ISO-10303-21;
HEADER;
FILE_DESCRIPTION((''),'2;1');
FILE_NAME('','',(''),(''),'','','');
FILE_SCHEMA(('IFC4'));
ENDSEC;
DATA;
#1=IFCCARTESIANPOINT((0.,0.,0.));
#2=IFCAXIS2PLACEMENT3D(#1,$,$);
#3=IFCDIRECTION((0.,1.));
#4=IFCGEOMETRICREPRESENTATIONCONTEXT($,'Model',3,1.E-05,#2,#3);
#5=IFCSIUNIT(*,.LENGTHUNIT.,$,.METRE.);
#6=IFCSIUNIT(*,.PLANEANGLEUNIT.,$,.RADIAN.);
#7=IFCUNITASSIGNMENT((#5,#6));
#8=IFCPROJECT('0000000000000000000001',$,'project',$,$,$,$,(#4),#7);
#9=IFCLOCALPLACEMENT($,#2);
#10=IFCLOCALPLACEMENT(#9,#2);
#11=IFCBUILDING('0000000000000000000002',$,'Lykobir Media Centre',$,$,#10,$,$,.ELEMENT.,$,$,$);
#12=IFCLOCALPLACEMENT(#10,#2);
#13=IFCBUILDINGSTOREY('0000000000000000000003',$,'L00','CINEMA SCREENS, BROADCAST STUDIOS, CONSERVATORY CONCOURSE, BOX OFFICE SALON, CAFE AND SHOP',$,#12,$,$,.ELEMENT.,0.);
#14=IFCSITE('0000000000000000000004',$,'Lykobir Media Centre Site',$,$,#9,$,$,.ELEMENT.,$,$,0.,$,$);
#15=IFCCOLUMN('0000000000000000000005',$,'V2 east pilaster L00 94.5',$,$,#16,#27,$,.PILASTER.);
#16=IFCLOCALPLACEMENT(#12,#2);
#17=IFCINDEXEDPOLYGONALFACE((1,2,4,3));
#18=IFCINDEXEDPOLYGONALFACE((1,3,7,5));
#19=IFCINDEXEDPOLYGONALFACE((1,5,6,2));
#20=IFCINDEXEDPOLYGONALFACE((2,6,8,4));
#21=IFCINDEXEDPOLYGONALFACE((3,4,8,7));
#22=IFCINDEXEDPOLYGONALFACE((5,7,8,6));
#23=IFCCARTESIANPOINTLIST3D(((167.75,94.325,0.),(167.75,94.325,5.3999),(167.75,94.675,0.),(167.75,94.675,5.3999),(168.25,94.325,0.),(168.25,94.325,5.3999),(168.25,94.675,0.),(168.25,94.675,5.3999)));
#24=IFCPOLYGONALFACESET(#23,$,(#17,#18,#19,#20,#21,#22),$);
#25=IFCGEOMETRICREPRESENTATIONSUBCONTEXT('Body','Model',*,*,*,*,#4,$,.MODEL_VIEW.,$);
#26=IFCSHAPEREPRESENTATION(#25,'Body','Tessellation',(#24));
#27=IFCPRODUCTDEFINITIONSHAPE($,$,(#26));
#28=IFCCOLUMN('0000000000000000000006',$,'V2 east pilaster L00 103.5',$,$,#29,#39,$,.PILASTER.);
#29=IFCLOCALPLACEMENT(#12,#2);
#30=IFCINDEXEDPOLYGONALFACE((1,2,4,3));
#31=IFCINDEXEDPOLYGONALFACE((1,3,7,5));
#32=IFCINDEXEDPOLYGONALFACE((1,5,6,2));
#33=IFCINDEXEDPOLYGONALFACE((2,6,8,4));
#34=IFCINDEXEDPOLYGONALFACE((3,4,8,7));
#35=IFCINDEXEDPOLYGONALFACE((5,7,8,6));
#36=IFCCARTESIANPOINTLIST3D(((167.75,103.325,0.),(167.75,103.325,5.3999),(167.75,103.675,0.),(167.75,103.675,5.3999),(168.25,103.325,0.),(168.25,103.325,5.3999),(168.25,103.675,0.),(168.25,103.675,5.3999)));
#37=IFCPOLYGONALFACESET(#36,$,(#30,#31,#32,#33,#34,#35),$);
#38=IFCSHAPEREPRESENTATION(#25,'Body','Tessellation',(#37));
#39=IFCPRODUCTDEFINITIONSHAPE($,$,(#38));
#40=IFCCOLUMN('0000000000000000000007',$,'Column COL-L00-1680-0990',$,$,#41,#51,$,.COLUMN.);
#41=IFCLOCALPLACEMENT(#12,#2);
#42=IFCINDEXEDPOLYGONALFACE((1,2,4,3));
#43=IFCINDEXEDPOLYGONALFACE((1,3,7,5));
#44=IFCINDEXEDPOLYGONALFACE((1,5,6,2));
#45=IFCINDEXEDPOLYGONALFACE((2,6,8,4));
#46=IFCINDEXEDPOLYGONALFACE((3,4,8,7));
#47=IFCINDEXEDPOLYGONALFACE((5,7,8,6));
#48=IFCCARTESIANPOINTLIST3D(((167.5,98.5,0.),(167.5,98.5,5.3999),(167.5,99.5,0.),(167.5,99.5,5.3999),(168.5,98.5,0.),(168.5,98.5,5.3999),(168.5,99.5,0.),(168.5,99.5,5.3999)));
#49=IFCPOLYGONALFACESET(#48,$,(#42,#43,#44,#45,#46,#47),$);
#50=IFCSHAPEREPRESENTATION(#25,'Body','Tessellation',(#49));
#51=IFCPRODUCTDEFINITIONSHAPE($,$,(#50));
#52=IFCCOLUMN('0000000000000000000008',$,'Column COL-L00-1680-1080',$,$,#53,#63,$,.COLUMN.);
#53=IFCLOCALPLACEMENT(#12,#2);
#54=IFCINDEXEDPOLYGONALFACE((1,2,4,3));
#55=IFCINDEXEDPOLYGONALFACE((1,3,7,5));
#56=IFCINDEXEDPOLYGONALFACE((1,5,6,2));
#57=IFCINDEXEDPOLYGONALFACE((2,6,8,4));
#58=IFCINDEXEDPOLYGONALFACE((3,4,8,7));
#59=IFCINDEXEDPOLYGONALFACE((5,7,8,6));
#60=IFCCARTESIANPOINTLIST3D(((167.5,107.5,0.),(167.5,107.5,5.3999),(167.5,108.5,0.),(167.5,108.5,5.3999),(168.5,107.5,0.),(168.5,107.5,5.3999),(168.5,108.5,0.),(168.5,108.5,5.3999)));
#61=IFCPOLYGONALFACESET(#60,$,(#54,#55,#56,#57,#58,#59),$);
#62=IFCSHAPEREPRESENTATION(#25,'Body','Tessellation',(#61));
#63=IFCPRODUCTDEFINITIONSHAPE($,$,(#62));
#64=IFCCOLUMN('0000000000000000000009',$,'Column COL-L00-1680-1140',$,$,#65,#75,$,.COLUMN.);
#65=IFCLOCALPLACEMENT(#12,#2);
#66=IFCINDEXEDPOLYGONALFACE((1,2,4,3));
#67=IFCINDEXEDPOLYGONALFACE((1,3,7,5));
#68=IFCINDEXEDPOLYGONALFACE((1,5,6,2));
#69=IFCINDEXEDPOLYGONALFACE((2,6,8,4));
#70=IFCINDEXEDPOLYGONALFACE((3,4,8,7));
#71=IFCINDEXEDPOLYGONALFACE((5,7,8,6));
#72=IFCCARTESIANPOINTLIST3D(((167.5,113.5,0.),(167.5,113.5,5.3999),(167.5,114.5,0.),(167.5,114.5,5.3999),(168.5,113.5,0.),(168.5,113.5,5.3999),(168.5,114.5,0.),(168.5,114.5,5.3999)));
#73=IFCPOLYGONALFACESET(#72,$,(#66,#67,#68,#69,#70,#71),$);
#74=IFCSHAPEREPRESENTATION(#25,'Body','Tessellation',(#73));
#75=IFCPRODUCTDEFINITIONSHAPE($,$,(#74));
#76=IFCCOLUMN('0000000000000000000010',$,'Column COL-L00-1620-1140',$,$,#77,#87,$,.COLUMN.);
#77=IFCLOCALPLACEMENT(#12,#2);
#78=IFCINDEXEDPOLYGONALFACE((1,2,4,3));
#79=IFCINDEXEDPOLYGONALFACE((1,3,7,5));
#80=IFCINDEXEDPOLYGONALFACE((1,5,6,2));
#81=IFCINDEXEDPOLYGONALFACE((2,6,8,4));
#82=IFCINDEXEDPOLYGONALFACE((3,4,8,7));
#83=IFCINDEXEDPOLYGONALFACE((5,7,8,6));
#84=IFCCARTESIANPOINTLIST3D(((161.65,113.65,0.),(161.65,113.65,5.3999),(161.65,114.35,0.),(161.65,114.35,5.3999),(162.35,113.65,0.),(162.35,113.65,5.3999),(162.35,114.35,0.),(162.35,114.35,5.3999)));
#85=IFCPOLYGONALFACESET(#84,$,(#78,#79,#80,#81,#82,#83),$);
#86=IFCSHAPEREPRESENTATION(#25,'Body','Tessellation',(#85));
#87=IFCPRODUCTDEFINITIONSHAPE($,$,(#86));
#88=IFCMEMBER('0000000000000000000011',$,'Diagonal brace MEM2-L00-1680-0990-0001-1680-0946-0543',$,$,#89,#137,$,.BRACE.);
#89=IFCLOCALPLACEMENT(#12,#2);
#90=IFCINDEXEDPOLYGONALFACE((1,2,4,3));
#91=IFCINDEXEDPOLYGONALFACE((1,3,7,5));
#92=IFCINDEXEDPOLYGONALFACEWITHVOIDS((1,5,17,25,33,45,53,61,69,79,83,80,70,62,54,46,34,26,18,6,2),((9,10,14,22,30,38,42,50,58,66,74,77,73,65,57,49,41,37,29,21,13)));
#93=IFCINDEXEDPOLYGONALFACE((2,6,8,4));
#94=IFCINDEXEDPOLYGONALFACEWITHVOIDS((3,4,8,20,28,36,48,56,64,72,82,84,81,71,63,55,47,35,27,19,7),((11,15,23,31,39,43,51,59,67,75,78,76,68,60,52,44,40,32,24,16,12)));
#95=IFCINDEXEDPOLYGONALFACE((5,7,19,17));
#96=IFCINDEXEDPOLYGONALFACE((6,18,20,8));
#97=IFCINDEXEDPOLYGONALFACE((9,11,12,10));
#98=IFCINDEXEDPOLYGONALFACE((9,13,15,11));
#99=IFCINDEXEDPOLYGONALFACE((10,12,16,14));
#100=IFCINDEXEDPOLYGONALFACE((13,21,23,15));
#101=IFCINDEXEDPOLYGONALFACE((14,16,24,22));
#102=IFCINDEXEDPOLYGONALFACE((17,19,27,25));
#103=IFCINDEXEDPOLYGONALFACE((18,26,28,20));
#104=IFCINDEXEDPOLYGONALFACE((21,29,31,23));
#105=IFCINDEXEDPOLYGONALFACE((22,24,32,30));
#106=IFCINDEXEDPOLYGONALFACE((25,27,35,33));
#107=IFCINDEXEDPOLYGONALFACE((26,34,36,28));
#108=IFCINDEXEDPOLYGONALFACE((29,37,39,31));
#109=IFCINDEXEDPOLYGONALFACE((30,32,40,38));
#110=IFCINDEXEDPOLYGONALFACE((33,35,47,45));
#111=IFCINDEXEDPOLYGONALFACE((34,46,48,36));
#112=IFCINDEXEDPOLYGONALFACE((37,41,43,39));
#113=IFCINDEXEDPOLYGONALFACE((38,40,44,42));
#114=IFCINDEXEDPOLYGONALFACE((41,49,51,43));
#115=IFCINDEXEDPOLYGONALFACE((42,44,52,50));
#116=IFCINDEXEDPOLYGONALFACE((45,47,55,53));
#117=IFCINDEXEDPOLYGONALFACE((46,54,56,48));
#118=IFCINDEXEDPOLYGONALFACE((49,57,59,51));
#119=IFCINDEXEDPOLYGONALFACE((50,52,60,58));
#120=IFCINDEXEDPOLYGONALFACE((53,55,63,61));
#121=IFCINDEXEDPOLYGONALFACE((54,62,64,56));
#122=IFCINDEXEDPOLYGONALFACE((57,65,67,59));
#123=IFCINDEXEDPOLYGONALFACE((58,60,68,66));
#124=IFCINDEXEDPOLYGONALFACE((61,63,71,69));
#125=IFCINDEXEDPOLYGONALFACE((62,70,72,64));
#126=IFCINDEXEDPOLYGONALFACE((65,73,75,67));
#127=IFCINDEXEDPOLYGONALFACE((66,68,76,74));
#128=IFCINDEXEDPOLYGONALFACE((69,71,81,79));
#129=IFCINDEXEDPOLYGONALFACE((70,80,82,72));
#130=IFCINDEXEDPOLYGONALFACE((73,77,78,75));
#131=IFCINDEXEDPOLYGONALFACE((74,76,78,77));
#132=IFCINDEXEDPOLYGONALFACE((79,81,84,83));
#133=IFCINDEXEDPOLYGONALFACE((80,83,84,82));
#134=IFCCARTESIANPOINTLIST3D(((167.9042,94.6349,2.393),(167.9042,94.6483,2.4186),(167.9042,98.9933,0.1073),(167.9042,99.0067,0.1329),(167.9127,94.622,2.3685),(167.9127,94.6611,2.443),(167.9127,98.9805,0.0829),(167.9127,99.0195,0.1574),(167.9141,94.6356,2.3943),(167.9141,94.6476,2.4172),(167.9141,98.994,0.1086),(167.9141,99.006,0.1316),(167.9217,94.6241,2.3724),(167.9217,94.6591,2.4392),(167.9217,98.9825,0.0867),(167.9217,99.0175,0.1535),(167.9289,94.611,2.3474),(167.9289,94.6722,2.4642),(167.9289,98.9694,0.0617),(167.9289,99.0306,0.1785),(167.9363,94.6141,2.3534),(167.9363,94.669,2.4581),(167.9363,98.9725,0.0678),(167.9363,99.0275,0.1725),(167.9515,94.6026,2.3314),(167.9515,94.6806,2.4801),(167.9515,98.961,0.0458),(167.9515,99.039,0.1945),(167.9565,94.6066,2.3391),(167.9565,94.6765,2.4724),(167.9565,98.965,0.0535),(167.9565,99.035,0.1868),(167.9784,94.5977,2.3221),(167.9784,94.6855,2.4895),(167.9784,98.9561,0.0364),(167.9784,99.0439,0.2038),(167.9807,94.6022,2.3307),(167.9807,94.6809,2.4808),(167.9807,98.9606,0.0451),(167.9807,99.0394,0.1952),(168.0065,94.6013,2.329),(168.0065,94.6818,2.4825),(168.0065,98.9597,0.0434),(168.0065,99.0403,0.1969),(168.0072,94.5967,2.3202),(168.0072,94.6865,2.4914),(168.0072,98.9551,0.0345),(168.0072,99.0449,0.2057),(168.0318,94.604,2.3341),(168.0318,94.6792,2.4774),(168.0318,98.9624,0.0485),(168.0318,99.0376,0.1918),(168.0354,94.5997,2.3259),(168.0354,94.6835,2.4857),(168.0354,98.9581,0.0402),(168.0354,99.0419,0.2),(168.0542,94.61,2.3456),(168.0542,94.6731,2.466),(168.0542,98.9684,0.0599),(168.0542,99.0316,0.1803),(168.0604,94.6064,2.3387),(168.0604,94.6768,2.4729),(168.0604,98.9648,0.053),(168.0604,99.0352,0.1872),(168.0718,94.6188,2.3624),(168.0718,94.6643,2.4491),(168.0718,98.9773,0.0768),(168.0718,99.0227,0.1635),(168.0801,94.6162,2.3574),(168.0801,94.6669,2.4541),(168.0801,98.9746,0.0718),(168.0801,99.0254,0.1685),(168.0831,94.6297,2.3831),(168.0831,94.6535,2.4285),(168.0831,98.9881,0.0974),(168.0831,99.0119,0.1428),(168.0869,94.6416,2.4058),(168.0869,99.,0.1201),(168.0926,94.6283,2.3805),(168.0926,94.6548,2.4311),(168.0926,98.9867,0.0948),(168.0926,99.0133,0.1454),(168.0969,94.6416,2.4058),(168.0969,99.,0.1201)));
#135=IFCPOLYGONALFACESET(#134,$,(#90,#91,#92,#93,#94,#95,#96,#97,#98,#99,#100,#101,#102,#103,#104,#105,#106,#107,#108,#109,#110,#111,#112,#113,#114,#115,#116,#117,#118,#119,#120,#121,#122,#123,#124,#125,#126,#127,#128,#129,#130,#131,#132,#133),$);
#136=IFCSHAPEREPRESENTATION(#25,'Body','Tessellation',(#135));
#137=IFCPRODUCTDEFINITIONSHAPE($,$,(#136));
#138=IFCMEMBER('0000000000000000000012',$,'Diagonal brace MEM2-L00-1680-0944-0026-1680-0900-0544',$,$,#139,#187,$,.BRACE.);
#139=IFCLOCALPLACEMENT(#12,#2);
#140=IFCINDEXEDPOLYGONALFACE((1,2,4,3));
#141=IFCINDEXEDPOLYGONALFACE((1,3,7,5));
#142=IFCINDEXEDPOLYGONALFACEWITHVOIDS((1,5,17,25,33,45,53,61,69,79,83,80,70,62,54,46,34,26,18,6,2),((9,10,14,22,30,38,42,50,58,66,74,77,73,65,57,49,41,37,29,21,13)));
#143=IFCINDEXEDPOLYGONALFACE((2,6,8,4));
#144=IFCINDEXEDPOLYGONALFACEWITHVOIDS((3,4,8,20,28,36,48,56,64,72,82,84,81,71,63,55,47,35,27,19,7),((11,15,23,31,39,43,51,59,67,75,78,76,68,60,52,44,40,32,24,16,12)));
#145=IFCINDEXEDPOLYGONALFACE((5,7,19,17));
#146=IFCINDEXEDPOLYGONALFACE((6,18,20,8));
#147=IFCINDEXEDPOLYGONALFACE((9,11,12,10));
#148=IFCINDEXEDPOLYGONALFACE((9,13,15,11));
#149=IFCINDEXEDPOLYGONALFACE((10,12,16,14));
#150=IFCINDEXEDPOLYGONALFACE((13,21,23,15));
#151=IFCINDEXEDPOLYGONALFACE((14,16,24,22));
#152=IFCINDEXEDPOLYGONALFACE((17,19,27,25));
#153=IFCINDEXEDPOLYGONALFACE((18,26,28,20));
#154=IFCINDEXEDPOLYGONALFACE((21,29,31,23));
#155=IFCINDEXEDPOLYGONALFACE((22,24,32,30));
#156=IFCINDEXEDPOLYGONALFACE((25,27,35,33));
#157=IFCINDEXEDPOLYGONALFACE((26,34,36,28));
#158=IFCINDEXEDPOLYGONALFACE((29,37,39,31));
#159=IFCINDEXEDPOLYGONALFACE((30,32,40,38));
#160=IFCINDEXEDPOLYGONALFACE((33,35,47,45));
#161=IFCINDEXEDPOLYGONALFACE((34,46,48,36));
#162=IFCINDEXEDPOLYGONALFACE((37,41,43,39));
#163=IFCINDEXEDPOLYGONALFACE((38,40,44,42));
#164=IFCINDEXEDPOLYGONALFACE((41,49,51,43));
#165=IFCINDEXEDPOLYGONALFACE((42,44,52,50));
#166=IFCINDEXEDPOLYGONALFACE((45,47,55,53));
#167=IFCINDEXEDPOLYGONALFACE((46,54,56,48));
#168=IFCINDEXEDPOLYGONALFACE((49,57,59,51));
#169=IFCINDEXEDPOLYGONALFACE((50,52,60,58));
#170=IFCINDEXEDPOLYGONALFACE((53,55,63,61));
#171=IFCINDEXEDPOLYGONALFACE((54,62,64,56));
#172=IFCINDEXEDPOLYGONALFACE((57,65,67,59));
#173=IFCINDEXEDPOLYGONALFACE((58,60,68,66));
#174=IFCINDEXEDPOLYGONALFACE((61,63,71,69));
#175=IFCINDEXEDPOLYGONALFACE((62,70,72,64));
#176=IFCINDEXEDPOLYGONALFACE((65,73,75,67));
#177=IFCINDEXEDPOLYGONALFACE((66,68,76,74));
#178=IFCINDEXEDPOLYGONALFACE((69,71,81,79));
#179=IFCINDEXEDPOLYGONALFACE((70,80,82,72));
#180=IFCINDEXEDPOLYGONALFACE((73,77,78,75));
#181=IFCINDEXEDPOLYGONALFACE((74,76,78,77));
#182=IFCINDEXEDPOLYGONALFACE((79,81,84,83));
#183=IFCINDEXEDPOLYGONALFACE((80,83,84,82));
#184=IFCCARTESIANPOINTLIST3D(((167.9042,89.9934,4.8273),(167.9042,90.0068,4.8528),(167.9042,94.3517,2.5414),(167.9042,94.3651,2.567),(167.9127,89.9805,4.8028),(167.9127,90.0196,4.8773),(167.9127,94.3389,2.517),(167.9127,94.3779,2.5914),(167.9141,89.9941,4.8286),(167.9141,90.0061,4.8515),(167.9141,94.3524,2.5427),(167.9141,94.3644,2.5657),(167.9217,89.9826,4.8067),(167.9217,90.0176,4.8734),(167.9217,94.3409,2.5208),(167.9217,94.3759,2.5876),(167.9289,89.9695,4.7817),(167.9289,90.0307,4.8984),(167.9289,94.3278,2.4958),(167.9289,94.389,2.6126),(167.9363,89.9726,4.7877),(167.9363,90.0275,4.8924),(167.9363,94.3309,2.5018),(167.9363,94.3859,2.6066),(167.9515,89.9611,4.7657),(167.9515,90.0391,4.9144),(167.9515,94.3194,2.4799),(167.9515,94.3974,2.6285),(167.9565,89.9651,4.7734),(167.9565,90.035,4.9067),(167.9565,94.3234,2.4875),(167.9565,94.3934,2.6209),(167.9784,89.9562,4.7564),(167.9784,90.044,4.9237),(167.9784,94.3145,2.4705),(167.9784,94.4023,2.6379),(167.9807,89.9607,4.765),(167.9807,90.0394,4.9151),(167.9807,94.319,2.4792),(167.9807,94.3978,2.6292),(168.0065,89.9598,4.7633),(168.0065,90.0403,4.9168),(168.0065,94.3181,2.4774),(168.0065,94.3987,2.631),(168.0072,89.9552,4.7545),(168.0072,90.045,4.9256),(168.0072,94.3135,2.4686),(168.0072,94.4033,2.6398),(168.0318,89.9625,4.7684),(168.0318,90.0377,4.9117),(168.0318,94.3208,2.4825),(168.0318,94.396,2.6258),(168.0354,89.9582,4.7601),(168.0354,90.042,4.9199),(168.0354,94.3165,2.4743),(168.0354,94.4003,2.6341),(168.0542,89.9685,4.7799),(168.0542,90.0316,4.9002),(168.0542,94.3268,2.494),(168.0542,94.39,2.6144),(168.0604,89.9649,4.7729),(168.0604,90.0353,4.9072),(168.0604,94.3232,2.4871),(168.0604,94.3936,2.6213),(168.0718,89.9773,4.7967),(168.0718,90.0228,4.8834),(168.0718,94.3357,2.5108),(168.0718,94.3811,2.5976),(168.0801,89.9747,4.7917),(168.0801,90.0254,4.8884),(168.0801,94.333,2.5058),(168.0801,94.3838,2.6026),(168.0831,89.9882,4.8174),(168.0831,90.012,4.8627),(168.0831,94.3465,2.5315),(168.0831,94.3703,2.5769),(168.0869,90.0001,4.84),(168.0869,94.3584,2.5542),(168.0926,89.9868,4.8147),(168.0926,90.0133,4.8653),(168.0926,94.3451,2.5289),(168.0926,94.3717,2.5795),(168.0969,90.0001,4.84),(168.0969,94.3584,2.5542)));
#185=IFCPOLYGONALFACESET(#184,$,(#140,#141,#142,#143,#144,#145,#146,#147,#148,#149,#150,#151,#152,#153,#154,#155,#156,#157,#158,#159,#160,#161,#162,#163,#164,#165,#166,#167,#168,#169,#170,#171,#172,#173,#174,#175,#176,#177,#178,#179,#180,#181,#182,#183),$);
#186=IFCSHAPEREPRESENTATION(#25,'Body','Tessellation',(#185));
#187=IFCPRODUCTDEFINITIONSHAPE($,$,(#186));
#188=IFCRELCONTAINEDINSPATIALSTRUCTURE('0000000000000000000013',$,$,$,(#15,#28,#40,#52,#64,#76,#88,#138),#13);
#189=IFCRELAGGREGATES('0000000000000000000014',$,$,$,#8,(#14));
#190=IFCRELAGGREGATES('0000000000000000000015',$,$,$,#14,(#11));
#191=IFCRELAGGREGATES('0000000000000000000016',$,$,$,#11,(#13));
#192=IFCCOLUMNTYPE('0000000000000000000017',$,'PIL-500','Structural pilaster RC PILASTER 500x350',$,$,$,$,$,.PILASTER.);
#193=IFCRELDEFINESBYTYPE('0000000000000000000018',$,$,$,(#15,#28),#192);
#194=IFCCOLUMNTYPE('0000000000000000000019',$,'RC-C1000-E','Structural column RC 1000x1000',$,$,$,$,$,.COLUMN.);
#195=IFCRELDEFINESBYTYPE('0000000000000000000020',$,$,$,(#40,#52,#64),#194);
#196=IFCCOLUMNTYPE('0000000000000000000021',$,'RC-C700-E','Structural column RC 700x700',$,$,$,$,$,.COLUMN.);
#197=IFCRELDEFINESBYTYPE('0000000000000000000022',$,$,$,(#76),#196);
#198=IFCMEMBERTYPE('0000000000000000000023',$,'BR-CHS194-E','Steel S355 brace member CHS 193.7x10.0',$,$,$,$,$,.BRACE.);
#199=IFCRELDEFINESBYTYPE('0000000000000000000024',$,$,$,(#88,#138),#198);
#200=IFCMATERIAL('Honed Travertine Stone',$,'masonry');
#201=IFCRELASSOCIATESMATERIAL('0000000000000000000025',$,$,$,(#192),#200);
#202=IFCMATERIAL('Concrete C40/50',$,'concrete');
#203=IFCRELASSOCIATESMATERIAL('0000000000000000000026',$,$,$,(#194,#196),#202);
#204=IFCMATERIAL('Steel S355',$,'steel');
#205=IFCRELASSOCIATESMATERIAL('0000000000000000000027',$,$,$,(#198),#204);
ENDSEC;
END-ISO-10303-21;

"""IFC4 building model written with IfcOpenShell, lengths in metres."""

from ifc_helpers import new_model, si_unit, direction, frame, origin, origin_2d, place, context, subcontext, project, spatial, rectangle, hollow_circle, extrude, material, material_profile, profile_set, type_object, element, save


model = new_model("IFC4")

# Units and contexts
model_context = context("Model", 3, precision=1e-05, world=origin(), true_north=direction((0.0, 1.0)))
body_context = subcontext(model_context, "Body", "Model", "MODEL_VIEW")
ifc_project = project(units=[si_unit("LENGTHUNIT", "METRE"), si_unit("PLANEANGLEUNIT", "RADIAN")], contexts=[model_context])

# Site, building, storey
site_placement = place(None, origin())
site = spatial("IfcSite", under=ifc_project, at=site_placement, Name="Lykobir Media Centre Site", CompositionType="ELEMENT", RefElevation=0.0)
building_placement = place(site_placement, origin())
building = spatial("IfcBuilding", under=site, at=building_placement, Name="Lykobir Media Centre", CompositionType="ELEMENT")
storey_placement = place(building_placement, origin())
storey = spatial("IfcBuildingStorey", under=building, at=storey_placement, Name="L00", Description="CINEMA SCREENS, BROADCAST STUDIOS, CONSERVATORY CONCOURSE, BOX OFFICE SALON, CAFE AND SHOP", CompositionType="ELEMENT", Elevation=0.0)

# Columns
ifc_material_1 = material(Name="Honed Travertine Stone", Category="masonry")
ifc_material_profile_1 = material_profile(ifc_material_1, rectangle(XDim=0.3501, YDim=0.5, at=origin_2d()), Name="RC PILASTER 500x350")
ifc_profile_set_1 = profile_set([ifc_material_profile_1], Name="Honed Travertine Stone")
column_type_1 = type_object("IfcColumnType", Name="PIL-500", Description="Structural pilaster RC PILASTER 500x350", PredefinedType="PILASTER", material=ifc_profile_set_1)
for number, where, z_axis, x_axis, name in (
    (1, (168.0, 94.5, 0.0), (0.0, 0.0, 1.0), (0.0, 1.0, 0.0), "V2 east pilaster L00 94.5"),
    (2, (168.0, 103.5, 0.0), (0.0, 0.0, 1.0), (0.0, 1.0, 0.0), "V2 east pilaster L00 103.5"),
):
    element("IfcColumn", number, at=place(storey_placement, frame(where, z_axis=z_axis, x_axis=x_axis)), inside=storey, type_object=column_type_1, Name=name, PredefinedType="PILASTER", context=body_context, shape_type="SweptSolid", body=[
        extrude(rectangle(XDim=0.3501, YDim=0.5, at=origin_2d()), origin(), (0.0, 0.0, 1.0), 5.3999),
    ])
ifc_material_2 = material(Name="Concrete C40/50", Category="concrete")
ifc_material_profile_2 = material_profile(ifc_material_2, rectangle(XDim=1.0, YDim=1.0, at=origin_2d()), Name="RC 1000x1000")
ifc_profile_set_2 = profile_set([ifc_material_profile_2], Name="Concrete C40/50")
column_type_2 = type_object("IfcColumnType", Name="RC-C1000-E", Description="Structural column RC 1000x1000", PredefinedType="COLUMN", material=ifc_profile_set_2)
for number, where, z_axis, x_axis, name in (
    (3, (168.0, 99.0, 0.0), (0.0, 0.0, 1.0), (1.0, 0.0, 0.0), "Column COL-L00-1680-0990"),
    (4, (168.0, 108.0, 0.0), (0.0, 0.0, 1.0), (1.0, 0.0, 0.0), "Column COL-L00-1680-1080"),
    (5, (168.0, 114.0, 0.0), (0.0, 0.0, 1.0), (1.0, 0.0, 0.0), "Column COL-L00-1680-1140"),
):
    element("IfcColumn", number, at=place(storey_placement, frame(where, z_axis=z_axis, x_axis=x_axis)), inside=storey, type_object=column_type_2, Name=name, PredefinedType="COLUMN", context=body_context, shape_type="SweptSolid", body=[
        extrude(rectangle(XDim=1.0, YDim=1.0, at=origin_2d()), origin(), (0.0, 0.0, 1.0), 5.3999),
    ])
ifc_material_profile_3 = material_profile(ifc_material_2, rectangle(XDim=0.7, YDim=0.7, at=origin_2d()), Name="RC 700x700")
ifc_profile_set_3 = profile_set([ifc_material_profile_3], Name="Concrete C40/50")
column_type_3 = type_object("IfcColumnType", Name="RC-C700-E", Description="Structural column RC 700x700", PredefinedType="COLUMN", material=ifc_profile_set_3)
column_placement = place(storey_placement, frame((162.0, 114.0, 0.0), z_axis=(0.0, 0.0, 1.0), x_axis=(1.0, 0.0, 0.0)))
element("IfcColumn", 6, at=column_placement, inside=storey, type_object=column_type_3, Name="Column COL-L00-1620-1140", PredefinedType="COLUMN", context=body_context, shape_type="SweptSolid", body=[
    extrude(rectangle(XDim=0.7, YDim=0.7, at=origin_2d()), origin(), (0.0, 0.0, 1.0), 5.3999),
])

# Members
ifc_material_3 = material(Name="Steel S355", Category="steel")
ifc_material_profile_4 = material_profile(ifc_material_3, hollow_circle(Radius=0.0969, WallThickness=0.01, at=origin_2d()), Name="CHS 193.7x10.0")
ifc_profile_set_4 = profile_set([ifc_material_profile_4], Name="Steel S355")
member_type = type_object("IfcMemberType", Name="BR-CHS194-E", Description="Steel S355 brace member CHS 193.7x10.0", PredefinedType="BRACE", material=ifc_profile_set_4)
for number, where, z_axis, x_axis, name in (
    (7, (168.0, 99.0, 0.1201), (0.0, -0.885608, 0.464433), (1.0, 0.0, 0.0), "Diagonal brace MEM2-L00-1680-0990-0001-1680-0946-0543"),
    (8, (168.0, 94.3584, 2.5542), (0.0, -0.885588, 0.464472), (1.0, 0.0, 0.0), "Diagonal brace MEM2-L00-1680-0944-0026-1680-0900-0544"),
):
    element("IfcMember", number, at=place(storey_placement, frame(where, z_axis=z_axis, x_axis=x_axis)), inside=storey, type_object=member_type, Name=name, PredefinedType="BRACE", context=body_context, shape_type="SweptSolid", body=[
        extrude(hollow_circle(Radius=0.0969, WallThickness=0.01, at=origin_2d()), origin(), (0.0, 0.0, 1.0), 4.9214),
    ])

save(model, "model.ifc")
